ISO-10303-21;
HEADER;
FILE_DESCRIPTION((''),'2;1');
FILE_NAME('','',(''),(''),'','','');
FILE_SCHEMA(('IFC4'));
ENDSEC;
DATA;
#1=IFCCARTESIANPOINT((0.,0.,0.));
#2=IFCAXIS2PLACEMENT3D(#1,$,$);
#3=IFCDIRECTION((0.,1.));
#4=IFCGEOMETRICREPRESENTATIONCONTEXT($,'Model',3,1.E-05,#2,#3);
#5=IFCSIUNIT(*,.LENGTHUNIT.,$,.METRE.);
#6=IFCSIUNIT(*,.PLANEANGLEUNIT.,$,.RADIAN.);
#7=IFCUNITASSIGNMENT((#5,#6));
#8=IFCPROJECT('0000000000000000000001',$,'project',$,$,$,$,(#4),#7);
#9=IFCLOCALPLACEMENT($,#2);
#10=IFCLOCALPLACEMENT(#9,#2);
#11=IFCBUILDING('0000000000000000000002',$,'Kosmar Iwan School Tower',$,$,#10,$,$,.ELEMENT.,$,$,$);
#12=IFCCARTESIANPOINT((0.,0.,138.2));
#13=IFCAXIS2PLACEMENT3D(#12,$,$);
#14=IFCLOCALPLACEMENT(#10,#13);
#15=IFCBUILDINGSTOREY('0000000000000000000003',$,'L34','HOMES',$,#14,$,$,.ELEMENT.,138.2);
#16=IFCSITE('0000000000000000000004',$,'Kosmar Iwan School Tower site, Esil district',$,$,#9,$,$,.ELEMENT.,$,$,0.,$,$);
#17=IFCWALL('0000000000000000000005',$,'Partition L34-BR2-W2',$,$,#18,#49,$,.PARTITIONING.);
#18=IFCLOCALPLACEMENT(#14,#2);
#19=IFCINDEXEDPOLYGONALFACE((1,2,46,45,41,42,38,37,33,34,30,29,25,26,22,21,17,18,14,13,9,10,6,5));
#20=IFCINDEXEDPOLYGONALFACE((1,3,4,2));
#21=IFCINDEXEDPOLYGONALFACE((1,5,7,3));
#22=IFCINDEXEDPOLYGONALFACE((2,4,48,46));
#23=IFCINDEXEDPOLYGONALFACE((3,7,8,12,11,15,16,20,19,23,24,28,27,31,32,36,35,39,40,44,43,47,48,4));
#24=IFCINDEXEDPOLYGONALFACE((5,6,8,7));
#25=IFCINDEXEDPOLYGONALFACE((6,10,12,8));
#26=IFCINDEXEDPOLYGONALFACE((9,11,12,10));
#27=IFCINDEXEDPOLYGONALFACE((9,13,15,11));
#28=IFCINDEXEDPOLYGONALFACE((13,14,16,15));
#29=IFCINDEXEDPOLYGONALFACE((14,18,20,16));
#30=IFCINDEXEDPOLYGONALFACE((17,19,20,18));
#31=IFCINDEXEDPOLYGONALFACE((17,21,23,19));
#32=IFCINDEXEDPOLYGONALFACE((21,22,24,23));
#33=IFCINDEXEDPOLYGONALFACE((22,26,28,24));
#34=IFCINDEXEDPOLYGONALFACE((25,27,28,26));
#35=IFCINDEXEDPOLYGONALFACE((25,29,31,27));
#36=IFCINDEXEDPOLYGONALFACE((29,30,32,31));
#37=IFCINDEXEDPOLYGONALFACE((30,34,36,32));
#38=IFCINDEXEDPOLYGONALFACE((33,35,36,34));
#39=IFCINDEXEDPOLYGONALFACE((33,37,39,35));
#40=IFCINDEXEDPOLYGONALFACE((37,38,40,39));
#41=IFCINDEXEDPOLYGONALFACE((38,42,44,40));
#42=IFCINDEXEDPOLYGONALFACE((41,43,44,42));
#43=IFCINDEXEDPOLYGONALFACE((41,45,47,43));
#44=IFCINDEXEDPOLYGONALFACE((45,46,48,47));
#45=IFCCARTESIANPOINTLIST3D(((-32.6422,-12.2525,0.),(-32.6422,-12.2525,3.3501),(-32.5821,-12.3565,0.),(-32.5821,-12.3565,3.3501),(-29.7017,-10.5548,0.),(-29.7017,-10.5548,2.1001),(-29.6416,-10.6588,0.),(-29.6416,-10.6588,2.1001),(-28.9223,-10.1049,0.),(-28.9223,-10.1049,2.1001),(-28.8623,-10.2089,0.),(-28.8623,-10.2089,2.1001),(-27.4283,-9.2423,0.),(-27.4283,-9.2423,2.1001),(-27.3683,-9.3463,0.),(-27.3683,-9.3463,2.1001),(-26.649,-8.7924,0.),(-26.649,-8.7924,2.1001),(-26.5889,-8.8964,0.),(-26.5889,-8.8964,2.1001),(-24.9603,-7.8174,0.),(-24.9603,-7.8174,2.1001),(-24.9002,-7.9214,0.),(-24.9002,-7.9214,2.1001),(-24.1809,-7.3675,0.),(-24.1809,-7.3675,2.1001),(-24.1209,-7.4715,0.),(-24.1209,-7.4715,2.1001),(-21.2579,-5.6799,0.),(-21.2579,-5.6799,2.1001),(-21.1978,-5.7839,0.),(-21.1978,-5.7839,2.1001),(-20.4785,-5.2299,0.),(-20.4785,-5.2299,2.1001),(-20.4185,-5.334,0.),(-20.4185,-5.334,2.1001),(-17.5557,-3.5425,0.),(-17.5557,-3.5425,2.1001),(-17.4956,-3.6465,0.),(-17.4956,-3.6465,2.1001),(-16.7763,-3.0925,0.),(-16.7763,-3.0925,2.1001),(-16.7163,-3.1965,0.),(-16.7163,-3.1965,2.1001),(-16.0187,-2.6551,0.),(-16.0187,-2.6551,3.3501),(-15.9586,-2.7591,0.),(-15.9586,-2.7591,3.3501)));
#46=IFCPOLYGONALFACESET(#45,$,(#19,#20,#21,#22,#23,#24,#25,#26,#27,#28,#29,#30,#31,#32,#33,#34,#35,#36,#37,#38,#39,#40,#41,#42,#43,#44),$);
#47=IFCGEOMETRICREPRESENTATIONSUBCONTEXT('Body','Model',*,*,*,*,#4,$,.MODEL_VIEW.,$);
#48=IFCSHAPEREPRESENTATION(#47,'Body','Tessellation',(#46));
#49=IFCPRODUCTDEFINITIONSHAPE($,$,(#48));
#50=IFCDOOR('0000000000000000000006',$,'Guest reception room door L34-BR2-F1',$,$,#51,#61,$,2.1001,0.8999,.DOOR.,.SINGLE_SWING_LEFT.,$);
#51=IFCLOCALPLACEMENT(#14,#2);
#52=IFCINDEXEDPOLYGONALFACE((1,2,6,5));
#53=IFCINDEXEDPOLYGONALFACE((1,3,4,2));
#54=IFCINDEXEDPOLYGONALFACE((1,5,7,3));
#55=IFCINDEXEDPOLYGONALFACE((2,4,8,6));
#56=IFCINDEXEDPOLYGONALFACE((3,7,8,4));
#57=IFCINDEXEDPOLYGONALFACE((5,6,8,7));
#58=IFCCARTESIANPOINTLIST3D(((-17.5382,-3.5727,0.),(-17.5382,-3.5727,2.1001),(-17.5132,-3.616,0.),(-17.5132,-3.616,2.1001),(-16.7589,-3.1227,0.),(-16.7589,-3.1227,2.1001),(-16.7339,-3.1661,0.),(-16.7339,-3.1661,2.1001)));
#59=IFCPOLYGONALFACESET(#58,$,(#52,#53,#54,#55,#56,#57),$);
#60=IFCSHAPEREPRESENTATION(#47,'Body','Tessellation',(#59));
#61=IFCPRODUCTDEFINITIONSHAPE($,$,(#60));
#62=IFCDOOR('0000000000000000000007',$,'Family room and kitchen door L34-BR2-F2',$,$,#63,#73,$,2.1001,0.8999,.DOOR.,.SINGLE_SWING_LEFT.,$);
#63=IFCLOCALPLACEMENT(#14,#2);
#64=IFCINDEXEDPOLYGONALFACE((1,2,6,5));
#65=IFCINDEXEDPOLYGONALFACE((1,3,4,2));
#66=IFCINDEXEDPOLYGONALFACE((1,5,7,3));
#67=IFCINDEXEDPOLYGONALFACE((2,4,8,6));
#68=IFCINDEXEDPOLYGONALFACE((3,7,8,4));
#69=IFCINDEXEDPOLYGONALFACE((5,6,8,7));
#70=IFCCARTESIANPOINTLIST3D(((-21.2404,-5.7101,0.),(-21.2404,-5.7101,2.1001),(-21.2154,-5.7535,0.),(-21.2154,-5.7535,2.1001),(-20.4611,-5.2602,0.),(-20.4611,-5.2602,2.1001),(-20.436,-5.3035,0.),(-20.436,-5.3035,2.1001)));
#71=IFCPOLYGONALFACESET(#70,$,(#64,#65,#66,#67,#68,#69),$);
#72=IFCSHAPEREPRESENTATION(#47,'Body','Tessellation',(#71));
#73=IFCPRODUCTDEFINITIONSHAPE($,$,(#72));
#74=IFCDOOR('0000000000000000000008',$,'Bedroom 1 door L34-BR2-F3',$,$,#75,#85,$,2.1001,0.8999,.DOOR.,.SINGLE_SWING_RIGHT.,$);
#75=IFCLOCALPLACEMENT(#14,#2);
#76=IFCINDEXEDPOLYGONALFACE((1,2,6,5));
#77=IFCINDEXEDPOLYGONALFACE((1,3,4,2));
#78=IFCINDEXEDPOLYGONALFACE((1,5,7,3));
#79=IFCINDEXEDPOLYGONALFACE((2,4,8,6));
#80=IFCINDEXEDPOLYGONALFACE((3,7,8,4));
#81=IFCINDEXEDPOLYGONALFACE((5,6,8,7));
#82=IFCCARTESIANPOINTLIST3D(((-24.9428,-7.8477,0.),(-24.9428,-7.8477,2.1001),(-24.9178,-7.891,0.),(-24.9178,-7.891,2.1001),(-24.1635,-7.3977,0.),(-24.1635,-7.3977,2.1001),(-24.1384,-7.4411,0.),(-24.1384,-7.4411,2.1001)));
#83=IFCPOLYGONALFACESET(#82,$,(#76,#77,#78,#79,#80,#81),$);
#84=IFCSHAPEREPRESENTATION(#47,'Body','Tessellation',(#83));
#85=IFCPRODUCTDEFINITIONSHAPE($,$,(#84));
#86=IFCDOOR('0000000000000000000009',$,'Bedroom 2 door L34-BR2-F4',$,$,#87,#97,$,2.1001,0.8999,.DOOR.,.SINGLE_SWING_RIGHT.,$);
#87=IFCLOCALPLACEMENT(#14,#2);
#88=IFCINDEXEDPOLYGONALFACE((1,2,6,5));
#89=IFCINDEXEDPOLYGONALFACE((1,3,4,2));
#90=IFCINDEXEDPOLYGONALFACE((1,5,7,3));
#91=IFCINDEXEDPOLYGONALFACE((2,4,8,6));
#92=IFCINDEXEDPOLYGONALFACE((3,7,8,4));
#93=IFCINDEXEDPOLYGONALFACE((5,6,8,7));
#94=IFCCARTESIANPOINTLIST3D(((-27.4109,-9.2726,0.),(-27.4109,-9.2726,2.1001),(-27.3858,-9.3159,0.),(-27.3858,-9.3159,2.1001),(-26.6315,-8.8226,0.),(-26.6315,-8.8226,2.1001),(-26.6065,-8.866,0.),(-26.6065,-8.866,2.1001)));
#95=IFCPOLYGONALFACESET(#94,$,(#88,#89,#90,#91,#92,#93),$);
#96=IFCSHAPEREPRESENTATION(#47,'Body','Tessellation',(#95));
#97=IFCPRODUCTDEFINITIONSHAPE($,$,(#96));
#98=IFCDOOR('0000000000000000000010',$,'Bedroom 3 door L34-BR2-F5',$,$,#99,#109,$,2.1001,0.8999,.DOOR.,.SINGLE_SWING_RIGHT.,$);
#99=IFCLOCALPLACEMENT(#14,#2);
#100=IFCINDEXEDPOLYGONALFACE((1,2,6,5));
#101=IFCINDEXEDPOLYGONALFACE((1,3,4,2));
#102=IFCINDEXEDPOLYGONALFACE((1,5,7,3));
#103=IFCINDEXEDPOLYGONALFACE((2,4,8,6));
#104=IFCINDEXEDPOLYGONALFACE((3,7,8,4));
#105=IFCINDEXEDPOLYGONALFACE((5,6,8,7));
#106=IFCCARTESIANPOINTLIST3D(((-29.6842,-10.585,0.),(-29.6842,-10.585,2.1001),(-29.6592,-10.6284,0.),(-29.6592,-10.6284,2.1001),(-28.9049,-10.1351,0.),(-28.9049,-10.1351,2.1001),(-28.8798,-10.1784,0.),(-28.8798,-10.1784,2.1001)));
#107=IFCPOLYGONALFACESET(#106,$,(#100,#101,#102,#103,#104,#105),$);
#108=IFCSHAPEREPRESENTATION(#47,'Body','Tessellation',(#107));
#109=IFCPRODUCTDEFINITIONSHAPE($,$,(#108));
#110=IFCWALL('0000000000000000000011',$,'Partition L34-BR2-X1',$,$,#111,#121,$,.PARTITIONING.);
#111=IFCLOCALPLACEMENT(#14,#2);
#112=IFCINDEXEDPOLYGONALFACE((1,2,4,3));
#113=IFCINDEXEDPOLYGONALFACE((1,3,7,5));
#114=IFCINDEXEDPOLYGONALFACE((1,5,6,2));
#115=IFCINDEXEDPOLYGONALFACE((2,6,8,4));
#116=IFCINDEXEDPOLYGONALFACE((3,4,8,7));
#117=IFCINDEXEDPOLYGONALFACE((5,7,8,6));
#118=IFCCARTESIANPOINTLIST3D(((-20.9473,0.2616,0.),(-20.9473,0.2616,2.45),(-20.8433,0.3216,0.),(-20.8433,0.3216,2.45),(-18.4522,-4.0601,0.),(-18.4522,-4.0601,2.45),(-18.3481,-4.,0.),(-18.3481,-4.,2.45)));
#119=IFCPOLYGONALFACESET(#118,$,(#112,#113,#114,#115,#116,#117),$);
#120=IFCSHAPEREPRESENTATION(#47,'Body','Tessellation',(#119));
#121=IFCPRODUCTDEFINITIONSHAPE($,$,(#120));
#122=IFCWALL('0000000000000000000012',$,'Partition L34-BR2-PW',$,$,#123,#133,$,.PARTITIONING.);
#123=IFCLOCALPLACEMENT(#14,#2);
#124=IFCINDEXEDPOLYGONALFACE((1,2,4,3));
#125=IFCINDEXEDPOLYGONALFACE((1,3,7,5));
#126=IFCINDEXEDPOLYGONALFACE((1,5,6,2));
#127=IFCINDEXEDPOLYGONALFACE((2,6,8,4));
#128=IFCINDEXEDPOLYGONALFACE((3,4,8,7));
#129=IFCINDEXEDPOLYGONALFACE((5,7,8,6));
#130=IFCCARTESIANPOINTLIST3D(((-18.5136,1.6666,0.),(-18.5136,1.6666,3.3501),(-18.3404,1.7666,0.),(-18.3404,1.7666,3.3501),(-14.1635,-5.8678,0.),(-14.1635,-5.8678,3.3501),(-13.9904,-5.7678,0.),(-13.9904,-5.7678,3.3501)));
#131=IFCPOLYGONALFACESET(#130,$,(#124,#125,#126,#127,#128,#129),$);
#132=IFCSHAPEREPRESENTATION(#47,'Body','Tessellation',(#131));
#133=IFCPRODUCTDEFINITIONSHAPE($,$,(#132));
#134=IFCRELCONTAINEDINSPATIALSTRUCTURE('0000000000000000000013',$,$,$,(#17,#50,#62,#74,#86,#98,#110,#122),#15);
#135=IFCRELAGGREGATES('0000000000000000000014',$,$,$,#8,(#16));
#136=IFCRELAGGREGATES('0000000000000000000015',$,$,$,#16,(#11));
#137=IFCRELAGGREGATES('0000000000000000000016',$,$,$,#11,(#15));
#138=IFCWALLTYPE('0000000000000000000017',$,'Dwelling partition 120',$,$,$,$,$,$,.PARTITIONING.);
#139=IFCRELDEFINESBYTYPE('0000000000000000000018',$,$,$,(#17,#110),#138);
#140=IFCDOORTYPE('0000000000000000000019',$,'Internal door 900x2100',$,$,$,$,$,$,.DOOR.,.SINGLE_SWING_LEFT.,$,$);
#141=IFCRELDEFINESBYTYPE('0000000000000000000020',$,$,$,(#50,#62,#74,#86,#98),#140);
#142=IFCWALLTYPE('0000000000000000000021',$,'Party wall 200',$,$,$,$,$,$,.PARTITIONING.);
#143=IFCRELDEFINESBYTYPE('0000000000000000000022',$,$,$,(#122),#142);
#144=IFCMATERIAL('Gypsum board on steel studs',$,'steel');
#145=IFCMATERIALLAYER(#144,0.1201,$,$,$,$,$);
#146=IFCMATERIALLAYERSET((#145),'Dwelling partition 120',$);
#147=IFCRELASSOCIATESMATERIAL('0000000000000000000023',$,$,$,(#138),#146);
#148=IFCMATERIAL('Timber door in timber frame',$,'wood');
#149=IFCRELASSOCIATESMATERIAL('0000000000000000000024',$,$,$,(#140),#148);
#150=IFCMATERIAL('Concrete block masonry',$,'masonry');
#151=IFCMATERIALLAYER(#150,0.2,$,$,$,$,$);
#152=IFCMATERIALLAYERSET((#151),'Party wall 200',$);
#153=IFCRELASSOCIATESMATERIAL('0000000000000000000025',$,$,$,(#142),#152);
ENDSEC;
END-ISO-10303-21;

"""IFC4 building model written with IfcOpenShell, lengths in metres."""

from ifc_helpers import new_model, si_unit, direction, frame, frame_2d, origin, place, context, subcontext, project, spatial, rectangle, extrude, material, layer, layer_set, type_object, element, fill, save


model = new_model("IFC4")

# Units and contexts
model_context = context("Model", 3, precision=1e-05, world=origin(), true_north=direction((0.0, 1.0)))
body_context = subcontext(model_context, "Body", "Model", "MODEL_VIEW")
ifc_project = project(units=[si_unit("LENGTHUNIT", "METRE"), si_unit("PLANEANGLEUNIT", "RADIAN")], contexts=[model_context])

# Site, building, storey
site_placement = place(None, origin())
site = spatial("IfcSite", under=ifc_project, at=site_placement, Name="Kosmar Iwan School Tower site, Esil district", CompositionType="ELEMENT", RefElevation=0.0)
building_placement = place(site_placement, origin())
building = spatial("IfcBuilding", under=site, at=building_placement, Name="Kosmar Iwan School Tower", CompositionType="ELEMENT")
storey_placement = place(building_placement, frame((0.0, 0.0, 138.2)))
storey = spatial("IfcBuildingStorey", under=building, at=storey_placement, Name="L34", Description="HOMES", CompositionType="ELEMENT", Elevation=138.2)

# Wall, openings, doors
ifc_material_1 = material(Name="Gypsum board on steel studs", Category="steel")
ifc_layer_1 = layer(ifc_material_1, 0.1201)
ifc_layer_set_1 = layer_set([ifc_layer_1], Name="Dwelling partition 120")
wall_type_1 = type_object("IfcWallType", Name="Dwelling partition 120", PredefinedType="PARTITIONING", material=ifc_layer_set_1)
ifc_material_2 = material(Name="Timber door in timber frame", Category="wood")
door_type_1 = type_object("IfcDoorType", Name="Internal door 900x2100", OperationType="SINGLE_SWING_LEFT", PredefinedType="DOOR", material=ifc_material_2)
wall_1_placement = place(storey_placement, frame((-15.9885, -2.707, 0.0), z_axis=(0.0, 0.0, 1.0), x_axis=(-0.86603, -0.499993, 0.0)))
wall_1 = element("IfcWall", 1, at=wall_1_placement, inside=storey, type_object=wall_type_1, Name="Partition L34-BR2-W2", PredefinedType="PARTITIONING", context=body_context, shape_type="SweptSolid", body=[
    extrude(rectangle(XDim=19.1951, YDim=0.1201, at=frame_2d((9.5977, 0.0))), origin(), (0.0, 0.0, 1.0), 3.3501),
])
opening_1_placement = place(wall_1_placement, frame((0.875, 0.0, 0.0)))
opening_1 = element("IfcOpeningElement", 2, at=opening_1_placement, cuts=wall_1, PredefinedType="OPENING", context=body_context, shape_type="SweptSolid", body=[
    extrude(rectangle(XDim=0.8999, YDim=2.1001, at=frame_2d((0.45, 1.05))), frame((0.0, 0.072, 0.0), z_axis=(0.0, -1.0, 0.0), x_axis=(1.0, 0.0, 0.0)), (0.0, 0.0, 1.0), 0.144),
])
opening_2_placement = place(wall_1_placement, frame((5.1499, 0.0, 0.0)))
opening_2 = element("IfcOpeningElement", 3, at=opening_2_placement, cuts=wall_1, PredefinedType="OPENING", context=body_context, shape_type="SweptSolid", body=[
    extrude(rectangle(XDim=0.8999, YDim=2.1001, at=frame_2d((0.45, 1.05))), frame((0.0, 0.072, 0.0), z_axis=(0.0, -1.0, 0.0), x_axis=(1.0, 0.0, 0.0)), (0.0, 0.0, 1.0), 0.144),
])
opening_3_placement = place(wall_1_placement, frame((9.425, 0.0, 0.0)))
opening_3 = element("IfcOpeningElement", 4, at=opening_3_placement, cuts=wall_1, PredefinedType="OPENING", context=body_context, shape_type="SweptSolid", body=[
    extrude(rectangle(XDim=0.8999, YDim=2.1001, at=frame_2d((0.45, 1.05))), frame((0.0, 0.072, 0.0), z_axis=(0.0, -1.0, 0.0), x_axis=(1.0, 0.0, 0.0)), (0.0, 0.0, 1.0), 0.144),
])
opening_4_placement = place(wall_1_placement, frame((12.2749, 0.0, 0.0)))
opening_4 = element("IfcOpeningElement", 5, at=opening_4_placement, cuts=wall_1, PredefinedType="OPENING", context=body_context, shape_type="SweptSolid", body=[
    extrude(rectangle(XDim=0.8999, YDim=2.1001, at=frame_2d((0.45, 1.05))), frame((0.0, 0.072, 0.0), z_axis=(0.0, -1.0, 0.0), x_axis=(1.0, 0.0, 0.0)), (0.0, 0.0, 1.0), 0.144),
])
opening_5_placement = place(wall_1_placement, frame((14.8999, 0.0, 0.0)))
opening_5 = element("IfcOpeningElement", 6, at=opening_5_placement, cuts=wall_1, PredefinedType="OPENING", context=body_context, shape_type="SweptSolid", body=[
    extrude(rectangle(XDim=0.8999, YDim=2.1001, at=frame_2d((0.45, 1.05))), frame((0.0, 0.072, 0.0), z_axis=(0.0, -1.0, 0.0), x_axis=(1.0, 0.0, 0.0)), (0.0, 0.0, 1.0), 0.144),
])
door_1_placement = place(opening_1_placement, origin())
door_1 = element("IfcDoor", 7, at=door_1_placement, inside=storey, type_object=door_type_1, Name="Guest reception room door L34-BR2-F1", OperationType="SINGLE_SWING_LEFT", OverallHeight=2.1001, OverallWidth=0.8999, PredefinedType="DOOR", context=body_context, shape_type="SweptSolid", body=[
    extrude(rectangle(XDim=0.8999, YDim=2.1001, at=frame_2d((0.45, 1.05))), frame((0.0, 0.0249, 0.0), z_axis=(0.0, -1.0, 0.0), x_axis=(1.0, 0.0, 0.0)), (0.0, 0.0, 1.0), 0.05),
])
fill(opening_1, door_1)
door_2_placement = place(opening_2_placement, origin())
door_2 = element("IfcDoor", 8, at=door_2_placement, inside=storey, type_object=door_type_1, Name="Family room and kitchen door L34-BR2-F2", OperationType="SINGLE_SWING_LEFT", OverallHeight=2.1001, OverallWidth=0.8999, PredefinedType="DOOR", context=body_context, shape_type="SweptSolid", body=[
    extrude(rectangle(XDim=0.8999, YDim=2.1001, at=frame_2d((0.45, 1.05))), frame((0.0, 0.0249, 0.0), z_axis=(0.0, -1.0, 0.0), x_axis=(1.0, 0.0, 0.0)), (0.0, 0.0, 1.0), 0.05),
])
fill(opening_2, door_2)
door_3_placement = place(opening_3_placement, origin())
door_3 = element("IfcDoor", 9, at=door_3_placement, inside=storey, type_object=door_type_1, Name="Bedroom 1 door L34-BR2-F3", OperationType="SINGLE_SWING_RIGHT", OverallHeight=2.1001, OverallWidth=0.8999, PredefinedType="DOOR", context=body_context, shape_type="SweptSolid", body=[
    extrude(rectangle(XDim=0.8999, YDim=2.1001, at=frame_2d((0.45, 1.05))), frame((0.0, 0.0249, 0.0), z_axis=(0.0, -1.0, 0.0), x_axis=(1.0, 0.0, 0.0)), (0.0, 0.0, 1.0), 0.05),
])
fill(opening_3, door_3)
door_4_placement = place(opening_4_placement, origin())
door_4 = element("IfcDoor", 10, at=door_4_placement, inside=storey, type_object=door_type_1, Name="Bedroom 2 door L34-BR2-F4", OperationType="SINGLE_SWING_RIGHT", OverallHeight=2.1001, OverallWidth=0.8999, PredefinedType="DOOR", context=body_context, shape_type="SweptSolid", body=[
    extrude(rectangle(XDim=0.8999, YDim=2.1001, at=frame_2d((0.45, 1.05))), frame((0.0, 0.0249, 0.0), z_axis=(0.0, -1.0, 0.0), x_axis=(1.0, 0.0, 0.0)), (0.0, 0.0, 1.0), 0.05),
])
fill(opening_4, door_4)
door_5_placement = place(opening_5_placement, origin())
door_5 = element("IfcDoor", 11, at=door_5_placement, inside=storey, type_object=door_type_1, Name="Bedroom 3 door L34-BR2-F5", OperationType="SINGLE_SWING_RIGHT", OverallHeight=2.1001, OverallWidth=0.8999, PredefinedType="DOOR", context=body_context, shape_type="SweptSolid", body=[
    extrude(rectangle(XDim=0.8999, YDim=2.1001, at=frame_2d((0.45, 1.05))), frame((0.0, 0.0249, 0.0), z_axis=(0.0, -1.0, 0.0), x_axis=(1.0, 0.0, 0.0)), (0.0, 0.0, 1.0), 0.05),
])
fill(opening_5, door_5)

# Walls
wall_2_placement = place(storey_placement, frame((-18.4001, -4.03, 0.0), z_axis=(0.0, 0.0, 1.0), x_axis=(-0.500012, 0.866019, 0.0)))
element("IfcWall", 12, at=wall_2_placement, inside=storey, type_object=wall_type_1, Name="Partition L34-BR2-X1", PredefinedType="PARTITIONING", context=body_context, shape_type="SweptSolid", body=[
    extrude(rectangle(XDim=4.9902, YDim=0.1201, at=frame_2d((2.4951, 0.0))), origin(), (0.0, 0.0, 1.0), 2.45),
])
ifc_material_3 = material(Name="Concrete block masonry", Category="masonry")
ifc_layer_2 = layer(ifc_material_3, 0.2)
ifc_layer_set_2 = layer_set([ifc_layer_2], Name="Party wall 200")
wall_type_2 = type_object("IfcWallType", Name="Party wall 200", PredefinedType="PARTITIONING", material=ifc_layer_set_2)
wall_3_placement = place(storey_placement, frame((-14.0769, -5.8179, 0.0), z_axis=(0.0, 0.0, 1.0), x_axis=(-0.500008, 0.866021, 0.0)))
element("IfcWall", 13, at=wall_3_placement, inside=storey, type_object=wall_type_2, Name="Partition L34-BR2-PW", PredefinedType="PARTITIONING", context=body_context, shape_type="SweptSolid", body=[
    extrude(rectangle(XDim=8.7, YDim=0.2, at=frame_2d((4.3501, 0.0))), origin(), (0.0, 0.0, 1.0), 3.3501),
])

save(model, "model.ifc")
